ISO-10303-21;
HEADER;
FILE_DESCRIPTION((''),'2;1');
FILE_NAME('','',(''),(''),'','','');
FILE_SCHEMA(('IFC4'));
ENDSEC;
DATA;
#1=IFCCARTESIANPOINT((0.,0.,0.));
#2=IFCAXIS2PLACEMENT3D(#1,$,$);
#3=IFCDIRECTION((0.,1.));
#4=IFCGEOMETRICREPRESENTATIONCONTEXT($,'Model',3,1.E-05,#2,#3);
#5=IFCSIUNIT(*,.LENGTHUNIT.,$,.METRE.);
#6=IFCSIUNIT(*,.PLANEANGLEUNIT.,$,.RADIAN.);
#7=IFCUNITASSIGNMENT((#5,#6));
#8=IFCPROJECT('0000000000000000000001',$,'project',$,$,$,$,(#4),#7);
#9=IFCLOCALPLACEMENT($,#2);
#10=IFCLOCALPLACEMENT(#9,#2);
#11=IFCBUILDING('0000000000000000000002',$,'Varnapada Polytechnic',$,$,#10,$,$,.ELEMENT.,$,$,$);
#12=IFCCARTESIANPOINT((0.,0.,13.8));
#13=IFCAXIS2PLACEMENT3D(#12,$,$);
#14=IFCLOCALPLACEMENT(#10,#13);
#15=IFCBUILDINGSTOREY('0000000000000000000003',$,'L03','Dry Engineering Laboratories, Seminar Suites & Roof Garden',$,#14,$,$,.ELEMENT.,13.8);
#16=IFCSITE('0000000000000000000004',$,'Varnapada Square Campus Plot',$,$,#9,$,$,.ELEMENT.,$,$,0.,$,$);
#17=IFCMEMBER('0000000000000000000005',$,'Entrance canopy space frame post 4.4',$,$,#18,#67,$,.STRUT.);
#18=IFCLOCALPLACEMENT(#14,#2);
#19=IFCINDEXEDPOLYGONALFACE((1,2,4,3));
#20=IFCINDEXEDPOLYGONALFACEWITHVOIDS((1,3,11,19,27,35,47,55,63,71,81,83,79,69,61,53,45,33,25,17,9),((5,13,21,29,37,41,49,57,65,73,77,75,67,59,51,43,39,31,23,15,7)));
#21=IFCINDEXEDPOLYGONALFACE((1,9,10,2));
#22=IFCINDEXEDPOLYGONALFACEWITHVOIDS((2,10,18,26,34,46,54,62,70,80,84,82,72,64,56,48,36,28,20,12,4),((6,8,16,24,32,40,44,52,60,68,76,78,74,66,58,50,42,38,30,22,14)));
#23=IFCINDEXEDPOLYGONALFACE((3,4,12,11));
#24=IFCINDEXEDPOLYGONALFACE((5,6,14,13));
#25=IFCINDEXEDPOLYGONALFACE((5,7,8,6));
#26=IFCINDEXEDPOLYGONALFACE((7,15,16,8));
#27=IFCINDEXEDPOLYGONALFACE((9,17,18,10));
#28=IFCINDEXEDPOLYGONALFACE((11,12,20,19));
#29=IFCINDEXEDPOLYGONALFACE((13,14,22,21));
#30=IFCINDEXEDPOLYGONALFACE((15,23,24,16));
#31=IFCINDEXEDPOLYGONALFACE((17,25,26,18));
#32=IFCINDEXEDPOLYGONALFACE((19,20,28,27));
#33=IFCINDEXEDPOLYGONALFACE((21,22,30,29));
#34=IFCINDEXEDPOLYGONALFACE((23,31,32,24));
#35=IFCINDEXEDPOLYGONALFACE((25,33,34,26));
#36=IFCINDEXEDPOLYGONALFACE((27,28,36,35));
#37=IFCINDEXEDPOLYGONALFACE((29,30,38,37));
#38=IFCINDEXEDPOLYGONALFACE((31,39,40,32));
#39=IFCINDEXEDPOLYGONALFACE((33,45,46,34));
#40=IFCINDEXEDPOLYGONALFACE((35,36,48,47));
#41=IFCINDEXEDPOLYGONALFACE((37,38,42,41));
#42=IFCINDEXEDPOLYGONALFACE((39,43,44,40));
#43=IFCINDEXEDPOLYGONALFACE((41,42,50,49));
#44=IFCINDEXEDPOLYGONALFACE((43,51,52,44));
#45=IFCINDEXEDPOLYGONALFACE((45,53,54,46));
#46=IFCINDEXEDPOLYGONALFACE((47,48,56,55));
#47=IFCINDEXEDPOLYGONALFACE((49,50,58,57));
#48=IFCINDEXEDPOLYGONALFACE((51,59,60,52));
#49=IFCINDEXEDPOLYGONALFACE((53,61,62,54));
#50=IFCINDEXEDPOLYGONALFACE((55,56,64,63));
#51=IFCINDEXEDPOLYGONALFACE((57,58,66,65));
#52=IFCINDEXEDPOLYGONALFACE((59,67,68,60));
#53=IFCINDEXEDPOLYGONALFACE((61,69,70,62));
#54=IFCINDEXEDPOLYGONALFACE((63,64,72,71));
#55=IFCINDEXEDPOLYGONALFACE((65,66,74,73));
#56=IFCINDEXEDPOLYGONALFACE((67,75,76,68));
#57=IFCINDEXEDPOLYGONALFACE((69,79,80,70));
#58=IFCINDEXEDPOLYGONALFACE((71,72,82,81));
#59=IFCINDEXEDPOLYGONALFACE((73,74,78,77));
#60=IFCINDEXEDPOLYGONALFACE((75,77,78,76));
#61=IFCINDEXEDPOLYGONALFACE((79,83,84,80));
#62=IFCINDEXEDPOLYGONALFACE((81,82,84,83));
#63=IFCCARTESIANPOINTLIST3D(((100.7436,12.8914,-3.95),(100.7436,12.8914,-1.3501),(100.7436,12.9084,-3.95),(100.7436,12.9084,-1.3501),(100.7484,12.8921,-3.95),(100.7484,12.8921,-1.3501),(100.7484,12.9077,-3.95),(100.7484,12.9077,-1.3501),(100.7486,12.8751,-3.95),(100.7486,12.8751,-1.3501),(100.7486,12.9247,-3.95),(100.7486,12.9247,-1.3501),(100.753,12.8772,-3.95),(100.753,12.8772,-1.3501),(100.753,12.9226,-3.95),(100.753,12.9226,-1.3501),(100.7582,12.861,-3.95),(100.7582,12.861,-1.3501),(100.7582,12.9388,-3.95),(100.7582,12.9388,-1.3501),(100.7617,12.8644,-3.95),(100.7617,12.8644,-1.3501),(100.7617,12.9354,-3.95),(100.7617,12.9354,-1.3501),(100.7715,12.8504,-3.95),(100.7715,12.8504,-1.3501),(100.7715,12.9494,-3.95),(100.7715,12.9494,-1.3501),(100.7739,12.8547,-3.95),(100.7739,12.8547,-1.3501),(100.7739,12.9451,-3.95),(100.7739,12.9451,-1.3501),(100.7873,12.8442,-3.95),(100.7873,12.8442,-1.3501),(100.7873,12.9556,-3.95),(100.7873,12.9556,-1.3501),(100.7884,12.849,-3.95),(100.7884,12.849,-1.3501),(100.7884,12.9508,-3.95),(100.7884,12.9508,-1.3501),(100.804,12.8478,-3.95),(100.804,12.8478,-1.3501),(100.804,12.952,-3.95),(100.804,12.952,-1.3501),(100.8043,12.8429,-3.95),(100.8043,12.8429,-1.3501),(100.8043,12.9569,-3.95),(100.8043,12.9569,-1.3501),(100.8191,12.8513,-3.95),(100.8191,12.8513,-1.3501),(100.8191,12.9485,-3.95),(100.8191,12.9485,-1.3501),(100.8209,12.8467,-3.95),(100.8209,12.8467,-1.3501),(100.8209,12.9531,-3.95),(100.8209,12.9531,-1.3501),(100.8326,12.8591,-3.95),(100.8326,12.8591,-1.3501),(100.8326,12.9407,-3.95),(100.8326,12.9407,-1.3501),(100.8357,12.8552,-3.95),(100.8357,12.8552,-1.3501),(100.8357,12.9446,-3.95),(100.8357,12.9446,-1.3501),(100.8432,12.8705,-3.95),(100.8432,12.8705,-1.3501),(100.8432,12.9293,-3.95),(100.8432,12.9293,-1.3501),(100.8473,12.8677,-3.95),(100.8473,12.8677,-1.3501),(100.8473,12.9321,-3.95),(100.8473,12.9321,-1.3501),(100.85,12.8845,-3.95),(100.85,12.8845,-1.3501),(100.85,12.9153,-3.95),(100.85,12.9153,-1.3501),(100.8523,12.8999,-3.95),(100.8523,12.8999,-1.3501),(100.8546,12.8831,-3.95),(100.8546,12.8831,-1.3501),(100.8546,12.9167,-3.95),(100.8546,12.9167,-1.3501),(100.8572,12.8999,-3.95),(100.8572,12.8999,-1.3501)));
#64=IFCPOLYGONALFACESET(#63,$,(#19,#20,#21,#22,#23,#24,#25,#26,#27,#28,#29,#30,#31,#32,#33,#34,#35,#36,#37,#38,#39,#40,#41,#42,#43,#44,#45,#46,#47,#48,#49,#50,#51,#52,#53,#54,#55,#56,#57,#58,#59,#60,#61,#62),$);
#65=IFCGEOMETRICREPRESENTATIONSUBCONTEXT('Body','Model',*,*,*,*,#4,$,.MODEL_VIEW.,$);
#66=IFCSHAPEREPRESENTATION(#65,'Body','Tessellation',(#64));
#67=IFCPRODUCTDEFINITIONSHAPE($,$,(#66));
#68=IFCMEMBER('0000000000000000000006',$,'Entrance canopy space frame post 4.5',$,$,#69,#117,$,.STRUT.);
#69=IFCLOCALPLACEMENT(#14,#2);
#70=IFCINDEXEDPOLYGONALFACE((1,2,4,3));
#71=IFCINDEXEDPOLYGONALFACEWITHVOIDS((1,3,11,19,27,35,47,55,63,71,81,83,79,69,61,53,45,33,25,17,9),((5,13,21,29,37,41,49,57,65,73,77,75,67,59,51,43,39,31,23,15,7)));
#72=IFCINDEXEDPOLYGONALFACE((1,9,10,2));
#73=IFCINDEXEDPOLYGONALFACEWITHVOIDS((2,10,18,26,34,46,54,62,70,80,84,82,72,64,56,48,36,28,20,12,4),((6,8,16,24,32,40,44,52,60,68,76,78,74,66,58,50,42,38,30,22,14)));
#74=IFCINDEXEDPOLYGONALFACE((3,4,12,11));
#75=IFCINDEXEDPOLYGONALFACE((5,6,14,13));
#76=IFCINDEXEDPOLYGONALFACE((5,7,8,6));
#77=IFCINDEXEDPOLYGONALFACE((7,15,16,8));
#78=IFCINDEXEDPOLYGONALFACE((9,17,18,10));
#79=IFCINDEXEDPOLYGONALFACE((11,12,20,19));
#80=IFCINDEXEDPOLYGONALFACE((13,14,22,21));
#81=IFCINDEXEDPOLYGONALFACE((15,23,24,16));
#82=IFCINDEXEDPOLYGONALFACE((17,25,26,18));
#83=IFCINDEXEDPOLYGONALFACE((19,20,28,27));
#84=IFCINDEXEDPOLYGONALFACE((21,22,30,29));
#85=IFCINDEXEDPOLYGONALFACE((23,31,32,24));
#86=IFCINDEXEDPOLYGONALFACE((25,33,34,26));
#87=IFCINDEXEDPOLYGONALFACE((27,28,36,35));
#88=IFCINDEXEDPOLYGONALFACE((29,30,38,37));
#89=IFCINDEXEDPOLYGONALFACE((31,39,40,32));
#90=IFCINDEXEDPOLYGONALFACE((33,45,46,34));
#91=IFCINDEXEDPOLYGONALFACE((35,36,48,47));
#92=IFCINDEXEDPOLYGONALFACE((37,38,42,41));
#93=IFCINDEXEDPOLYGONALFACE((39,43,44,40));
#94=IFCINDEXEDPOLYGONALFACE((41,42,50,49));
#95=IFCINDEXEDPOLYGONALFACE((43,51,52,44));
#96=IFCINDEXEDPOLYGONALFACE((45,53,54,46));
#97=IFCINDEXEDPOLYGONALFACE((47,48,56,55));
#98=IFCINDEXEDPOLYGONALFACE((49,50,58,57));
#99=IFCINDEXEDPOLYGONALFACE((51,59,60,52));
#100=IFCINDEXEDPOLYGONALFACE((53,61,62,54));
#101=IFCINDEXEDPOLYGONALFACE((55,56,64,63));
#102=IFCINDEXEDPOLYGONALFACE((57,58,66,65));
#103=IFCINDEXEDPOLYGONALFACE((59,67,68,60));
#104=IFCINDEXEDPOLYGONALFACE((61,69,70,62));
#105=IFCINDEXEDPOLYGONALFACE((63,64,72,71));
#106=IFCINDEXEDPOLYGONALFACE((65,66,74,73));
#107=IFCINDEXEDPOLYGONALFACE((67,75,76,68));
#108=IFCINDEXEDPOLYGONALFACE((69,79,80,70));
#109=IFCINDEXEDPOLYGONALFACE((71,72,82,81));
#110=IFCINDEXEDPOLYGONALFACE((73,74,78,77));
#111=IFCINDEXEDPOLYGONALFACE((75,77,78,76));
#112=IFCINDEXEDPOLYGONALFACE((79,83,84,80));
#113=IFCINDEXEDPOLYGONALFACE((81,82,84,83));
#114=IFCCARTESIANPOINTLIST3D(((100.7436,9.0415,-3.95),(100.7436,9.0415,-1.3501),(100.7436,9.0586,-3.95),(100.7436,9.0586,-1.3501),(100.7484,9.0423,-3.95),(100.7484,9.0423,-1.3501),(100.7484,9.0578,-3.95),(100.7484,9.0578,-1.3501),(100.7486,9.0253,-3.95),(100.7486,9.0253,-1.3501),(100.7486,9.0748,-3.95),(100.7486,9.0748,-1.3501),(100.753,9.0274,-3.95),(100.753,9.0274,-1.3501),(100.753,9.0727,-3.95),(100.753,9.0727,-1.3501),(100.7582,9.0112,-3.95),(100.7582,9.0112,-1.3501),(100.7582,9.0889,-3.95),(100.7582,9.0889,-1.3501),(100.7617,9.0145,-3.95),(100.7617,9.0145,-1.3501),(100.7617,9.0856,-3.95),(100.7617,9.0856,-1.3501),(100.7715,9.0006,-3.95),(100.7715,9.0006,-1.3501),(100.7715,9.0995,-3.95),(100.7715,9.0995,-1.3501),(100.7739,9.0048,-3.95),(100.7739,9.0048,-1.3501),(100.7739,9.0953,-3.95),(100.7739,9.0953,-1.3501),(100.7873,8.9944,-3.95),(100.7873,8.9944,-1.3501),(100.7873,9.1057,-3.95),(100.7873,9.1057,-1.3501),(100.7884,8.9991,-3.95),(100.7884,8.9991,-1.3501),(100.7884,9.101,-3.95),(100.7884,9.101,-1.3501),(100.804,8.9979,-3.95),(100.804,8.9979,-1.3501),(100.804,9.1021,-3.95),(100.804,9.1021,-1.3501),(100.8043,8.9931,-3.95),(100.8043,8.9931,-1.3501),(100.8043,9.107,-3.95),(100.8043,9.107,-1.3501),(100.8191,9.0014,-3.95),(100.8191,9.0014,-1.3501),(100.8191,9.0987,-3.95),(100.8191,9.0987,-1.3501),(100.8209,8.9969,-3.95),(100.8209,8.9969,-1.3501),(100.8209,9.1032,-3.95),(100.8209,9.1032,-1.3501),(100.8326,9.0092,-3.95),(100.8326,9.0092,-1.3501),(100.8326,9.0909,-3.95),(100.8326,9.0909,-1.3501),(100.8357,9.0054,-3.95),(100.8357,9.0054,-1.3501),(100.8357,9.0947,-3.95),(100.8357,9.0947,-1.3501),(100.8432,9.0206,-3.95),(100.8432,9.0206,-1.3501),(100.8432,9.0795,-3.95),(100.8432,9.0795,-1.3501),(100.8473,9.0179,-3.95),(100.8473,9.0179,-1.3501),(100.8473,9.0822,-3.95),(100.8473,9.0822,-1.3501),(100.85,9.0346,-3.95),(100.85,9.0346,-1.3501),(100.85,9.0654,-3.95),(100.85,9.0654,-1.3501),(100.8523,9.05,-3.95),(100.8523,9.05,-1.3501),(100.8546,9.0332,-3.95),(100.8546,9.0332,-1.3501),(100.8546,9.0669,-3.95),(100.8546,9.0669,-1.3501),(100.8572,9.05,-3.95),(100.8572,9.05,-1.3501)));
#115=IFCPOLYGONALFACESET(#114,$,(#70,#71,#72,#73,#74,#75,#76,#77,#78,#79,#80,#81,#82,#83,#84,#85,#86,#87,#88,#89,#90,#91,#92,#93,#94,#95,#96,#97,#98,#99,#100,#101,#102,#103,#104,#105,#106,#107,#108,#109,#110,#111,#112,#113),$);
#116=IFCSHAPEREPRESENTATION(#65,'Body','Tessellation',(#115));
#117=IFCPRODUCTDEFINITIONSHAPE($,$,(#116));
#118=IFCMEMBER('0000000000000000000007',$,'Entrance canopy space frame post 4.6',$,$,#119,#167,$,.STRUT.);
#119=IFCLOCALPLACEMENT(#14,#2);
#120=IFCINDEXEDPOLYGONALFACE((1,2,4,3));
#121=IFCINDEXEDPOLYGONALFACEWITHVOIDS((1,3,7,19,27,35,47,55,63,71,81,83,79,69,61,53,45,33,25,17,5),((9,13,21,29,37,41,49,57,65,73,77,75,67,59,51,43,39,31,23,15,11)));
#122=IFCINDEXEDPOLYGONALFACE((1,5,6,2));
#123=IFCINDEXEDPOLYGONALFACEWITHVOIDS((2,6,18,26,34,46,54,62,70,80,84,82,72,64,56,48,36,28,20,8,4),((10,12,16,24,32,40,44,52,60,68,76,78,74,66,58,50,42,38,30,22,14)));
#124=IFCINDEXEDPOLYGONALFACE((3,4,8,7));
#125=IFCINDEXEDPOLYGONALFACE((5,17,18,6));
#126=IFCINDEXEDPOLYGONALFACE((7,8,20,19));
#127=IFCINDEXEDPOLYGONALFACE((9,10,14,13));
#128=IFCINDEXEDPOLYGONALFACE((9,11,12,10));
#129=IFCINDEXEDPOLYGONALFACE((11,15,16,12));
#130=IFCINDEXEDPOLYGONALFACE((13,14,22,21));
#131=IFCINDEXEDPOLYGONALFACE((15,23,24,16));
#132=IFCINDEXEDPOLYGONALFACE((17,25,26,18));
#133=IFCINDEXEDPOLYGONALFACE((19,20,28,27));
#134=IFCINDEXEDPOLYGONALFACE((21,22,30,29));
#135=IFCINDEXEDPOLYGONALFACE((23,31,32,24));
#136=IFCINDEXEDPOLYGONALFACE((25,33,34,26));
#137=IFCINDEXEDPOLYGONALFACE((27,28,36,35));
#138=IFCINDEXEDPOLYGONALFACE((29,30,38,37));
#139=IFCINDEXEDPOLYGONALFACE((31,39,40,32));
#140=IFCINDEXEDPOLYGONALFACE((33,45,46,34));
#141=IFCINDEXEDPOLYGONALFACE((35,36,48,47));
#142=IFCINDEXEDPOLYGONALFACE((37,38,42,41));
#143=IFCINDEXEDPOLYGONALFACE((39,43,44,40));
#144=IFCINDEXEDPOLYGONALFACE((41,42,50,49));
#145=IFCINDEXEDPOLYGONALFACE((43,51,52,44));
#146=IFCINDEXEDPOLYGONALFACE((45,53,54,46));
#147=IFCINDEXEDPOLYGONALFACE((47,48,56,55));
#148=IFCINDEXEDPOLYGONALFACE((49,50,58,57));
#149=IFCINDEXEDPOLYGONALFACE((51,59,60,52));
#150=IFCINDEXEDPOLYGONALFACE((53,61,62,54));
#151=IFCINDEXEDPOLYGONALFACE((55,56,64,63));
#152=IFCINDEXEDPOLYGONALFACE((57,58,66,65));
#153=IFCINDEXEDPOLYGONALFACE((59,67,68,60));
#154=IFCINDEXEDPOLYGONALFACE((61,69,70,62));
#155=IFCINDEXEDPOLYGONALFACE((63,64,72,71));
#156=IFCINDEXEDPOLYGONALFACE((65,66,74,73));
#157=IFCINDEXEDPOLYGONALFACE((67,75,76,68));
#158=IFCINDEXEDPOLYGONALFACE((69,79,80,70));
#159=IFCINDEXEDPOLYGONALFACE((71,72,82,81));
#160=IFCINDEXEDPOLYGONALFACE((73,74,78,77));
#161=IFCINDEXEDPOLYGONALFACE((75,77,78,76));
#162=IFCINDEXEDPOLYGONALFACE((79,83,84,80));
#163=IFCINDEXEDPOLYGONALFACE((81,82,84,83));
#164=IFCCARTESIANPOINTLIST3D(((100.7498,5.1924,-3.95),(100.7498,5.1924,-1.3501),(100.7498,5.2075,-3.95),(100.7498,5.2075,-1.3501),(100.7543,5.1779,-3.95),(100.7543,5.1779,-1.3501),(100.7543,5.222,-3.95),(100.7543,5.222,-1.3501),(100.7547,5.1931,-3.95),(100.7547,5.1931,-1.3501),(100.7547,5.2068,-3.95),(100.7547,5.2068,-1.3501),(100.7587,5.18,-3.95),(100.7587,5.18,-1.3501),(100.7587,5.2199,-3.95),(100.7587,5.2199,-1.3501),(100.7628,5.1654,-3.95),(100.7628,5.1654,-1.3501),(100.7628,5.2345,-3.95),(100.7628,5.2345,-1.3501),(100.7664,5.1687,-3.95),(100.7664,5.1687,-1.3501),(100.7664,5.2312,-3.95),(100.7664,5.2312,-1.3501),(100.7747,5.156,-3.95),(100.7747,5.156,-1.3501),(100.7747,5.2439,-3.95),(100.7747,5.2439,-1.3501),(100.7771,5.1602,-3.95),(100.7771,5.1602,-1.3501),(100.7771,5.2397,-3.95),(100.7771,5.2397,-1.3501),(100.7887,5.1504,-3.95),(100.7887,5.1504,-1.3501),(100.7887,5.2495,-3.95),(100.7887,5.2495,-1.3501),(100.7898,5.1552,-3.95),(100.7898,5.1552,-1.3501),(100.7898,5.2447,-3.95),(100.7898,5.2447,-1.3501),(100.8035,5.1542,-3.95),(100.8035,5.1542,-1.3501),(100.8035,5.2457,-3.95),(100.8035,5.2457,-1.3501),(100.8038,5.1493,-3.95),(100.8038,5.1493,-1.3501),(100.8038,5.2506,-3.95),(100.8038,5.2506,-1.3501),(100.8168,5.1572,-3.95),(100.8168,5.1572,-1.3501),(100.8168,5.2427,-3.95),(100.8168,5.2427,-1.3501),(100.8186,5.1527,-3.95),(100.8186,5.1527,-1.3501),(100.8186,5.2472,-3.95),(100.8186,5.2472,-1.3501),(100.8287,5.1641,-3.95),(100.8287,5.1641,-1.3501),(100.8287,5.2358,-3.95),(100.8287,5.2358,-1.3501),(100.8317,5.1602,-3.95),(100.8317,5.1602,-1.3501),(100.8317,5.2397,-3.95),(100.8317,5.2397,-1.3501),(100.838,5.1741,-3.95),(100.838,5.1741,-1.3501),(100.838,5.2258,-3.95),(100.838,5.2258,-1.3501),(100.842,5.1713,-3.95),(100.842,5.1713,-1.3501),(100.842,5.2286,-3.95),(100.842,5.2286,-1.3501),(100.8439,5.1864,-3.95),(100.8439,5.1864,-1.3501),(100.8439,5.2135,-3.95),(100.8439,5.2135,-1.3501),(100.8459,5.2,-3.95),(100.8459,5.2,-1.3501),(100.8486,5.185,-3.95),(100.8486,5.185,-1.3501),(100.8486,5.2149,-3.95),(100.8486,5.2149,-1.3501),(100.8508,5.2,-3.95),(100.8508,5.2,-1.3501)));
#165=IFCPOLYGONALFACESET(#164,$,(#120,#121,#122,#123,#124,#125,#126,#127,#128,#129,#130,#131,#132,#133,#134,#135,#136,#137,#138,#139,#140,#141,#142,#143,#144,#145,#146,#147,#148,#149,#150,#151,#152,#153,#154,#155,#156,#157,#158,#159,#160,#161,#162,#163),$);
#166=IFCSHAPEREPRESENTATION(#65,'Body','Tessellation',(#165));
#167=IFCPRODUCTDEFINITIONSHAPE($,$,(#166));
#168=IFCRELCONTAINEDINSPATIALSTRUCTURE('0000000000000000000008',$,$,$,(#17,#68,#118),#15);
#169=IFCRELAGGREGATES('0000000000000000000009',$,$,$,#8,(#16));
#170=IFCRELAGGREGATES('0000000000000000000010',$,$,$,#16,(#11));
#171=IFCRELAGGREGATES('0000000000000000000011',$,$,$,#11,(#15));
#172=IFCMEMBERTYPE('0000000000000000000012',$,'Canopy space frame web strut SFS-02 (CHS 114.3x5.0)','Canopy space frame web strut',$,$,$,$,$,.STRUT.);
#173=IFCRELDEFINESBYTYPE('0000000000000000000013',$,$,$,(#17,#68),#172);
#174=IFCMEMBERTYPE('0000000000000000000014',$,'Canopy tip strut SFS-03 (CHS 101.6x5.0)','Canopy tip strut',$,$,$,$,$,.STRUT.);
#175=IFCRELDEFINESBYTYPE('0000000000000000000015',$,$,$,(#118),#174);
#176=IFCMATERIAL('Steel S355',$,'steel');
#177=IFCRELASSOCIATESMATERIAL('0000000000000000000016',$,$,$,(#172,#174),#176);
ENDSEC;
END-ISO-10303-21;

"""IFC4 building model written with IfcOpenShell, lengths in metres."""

from ifc_helpers import new_model, si_unit, direction, frame, origin, origin_2d, place, context, subcontext, project, spatial, hollow_circle, extrude, material, material_profile, profile_set, type_object, element, save


model = new_model("IFC4")

# Units and contexts
model_context = context("Model", 3, precision=1e-05, world=origin(), true_north=direction((0.0, 1.0)))
body_context = subcontext(model_context, "Body", "Model", "MODEL_VIEW")
ifc_project = project(units=[si_unit("LENGTHUNIT", "METRE"), si_unit("PLANEANGLEUNIT", "RADIAN")], contexts=[model_context])

# Site, building, storey
site_placement = place(None, origin())
site = spatial("IfcSite", under=ifc_project, at=site_placement, Name="Varnapada Square Campus Plot", CompositionType="ELEMENT", RefElevation=0.0)
building_placement = place(site_placement, origin())
building = spatial("IfcBuilding", under=site, at=building_placement, Name="Varnapada Polytechnic", CompositionType="ELEMENT")
storey_placement = place(building_placement, frame((0.0, 0.0, 13.8)))
storey = spatial("IfcBuildingStorey", under=building, at=storey_placement, Name="L03", Description="Dry Engineering Laboratories, Seminar Suites & Roof Garden", CompositionType="ELEMENT", Elevation=13.8)

# Members
ifc_material = material(Name="Steel S355", Category="steel")
ifc_material_profile_1 = material_profile(ifc_material, hollow_circle(Radius=0.0571, WallThickness=0.0049, at=origin_2d()), Name="CHS 114.3x5.0")
ifc_profile_set_1 = profile_set([ifc_material_profile_1], Name="Steel S355")
member_type_1 = type_object("IfcMemberType", Name="Canopy space frame web strut SFS-02 (CHS 114.3x5.0)", Description="Canopy space frame web strut", PredefinedType="STRUT", material=ifc_profile_set_1)
for number, where, z_axis, x_axis, name in (
    (1, (100.8, 12.8999, -3.95), (0.0, 0.0, 1.0), (1.0, 0.0, 0.0), "Entrance canopy space frame post 4.4"),
    (2, (100.8, 9.05, -3.95), (0.0, 0.0, 1.0), (1.0, 0.0, 0.0), "Entrance canopy space frame post 4.5"),
):
    element("IfcMember", number, at=place(storey_placement, frame(where, z_axis=z_axis, x_axis=x_axis)), inside=storey, type_object=member_type_1, Name=name, PredefinedType="STRUT", context=body_context, shape_type="SweptSolid", body=[
        extrude(hollow_circle(Radius=0.0571, WallThickness=0.0049, at=origin_2d()), origin(), (0.0, 0.0, 1.0), 2.5999),
    ])
ifc_material_profile_2 = material_profile(ifc_material, hollow_circle(Radius=0.0508, WallThickness=0.0049, at=origin_2d()), Name="CHS 101.6x5.0")
ifc_profile_set_2 = profile_set([ifc_material_profile_2], Name="Steel S355")
member_type_2 = type_object("IfcMemberType", Name="Canopy tip strut SFS-03 (CHS 101.6x5.0)", Description="Canopy tip strut", PredefinedType="STRUT", material=ifc_profile_set_2)
member_1_placement = place(storey_placement, frame((100.8, 5.2, -3.95), z_axis=(0.0, 0.0, 1.0), x_axis=(1.0, 0.0, 0.0)))
element("IfcMember", 3, at=member_1_placement, inside=storey, type_object=member_type_2, Name="Entrance canopy space frame post 4.6", PredefinedType="STRUT", context=body_context, shape_type="SweptSolid", body=[
    extrude(hollow_circle(Radius=0.0508, WallThickness=0.0049, at=origin_2d()), origin(), (0.0, 0.0, 1.0), 2.5999),
])

save(model, "model.ifc")
